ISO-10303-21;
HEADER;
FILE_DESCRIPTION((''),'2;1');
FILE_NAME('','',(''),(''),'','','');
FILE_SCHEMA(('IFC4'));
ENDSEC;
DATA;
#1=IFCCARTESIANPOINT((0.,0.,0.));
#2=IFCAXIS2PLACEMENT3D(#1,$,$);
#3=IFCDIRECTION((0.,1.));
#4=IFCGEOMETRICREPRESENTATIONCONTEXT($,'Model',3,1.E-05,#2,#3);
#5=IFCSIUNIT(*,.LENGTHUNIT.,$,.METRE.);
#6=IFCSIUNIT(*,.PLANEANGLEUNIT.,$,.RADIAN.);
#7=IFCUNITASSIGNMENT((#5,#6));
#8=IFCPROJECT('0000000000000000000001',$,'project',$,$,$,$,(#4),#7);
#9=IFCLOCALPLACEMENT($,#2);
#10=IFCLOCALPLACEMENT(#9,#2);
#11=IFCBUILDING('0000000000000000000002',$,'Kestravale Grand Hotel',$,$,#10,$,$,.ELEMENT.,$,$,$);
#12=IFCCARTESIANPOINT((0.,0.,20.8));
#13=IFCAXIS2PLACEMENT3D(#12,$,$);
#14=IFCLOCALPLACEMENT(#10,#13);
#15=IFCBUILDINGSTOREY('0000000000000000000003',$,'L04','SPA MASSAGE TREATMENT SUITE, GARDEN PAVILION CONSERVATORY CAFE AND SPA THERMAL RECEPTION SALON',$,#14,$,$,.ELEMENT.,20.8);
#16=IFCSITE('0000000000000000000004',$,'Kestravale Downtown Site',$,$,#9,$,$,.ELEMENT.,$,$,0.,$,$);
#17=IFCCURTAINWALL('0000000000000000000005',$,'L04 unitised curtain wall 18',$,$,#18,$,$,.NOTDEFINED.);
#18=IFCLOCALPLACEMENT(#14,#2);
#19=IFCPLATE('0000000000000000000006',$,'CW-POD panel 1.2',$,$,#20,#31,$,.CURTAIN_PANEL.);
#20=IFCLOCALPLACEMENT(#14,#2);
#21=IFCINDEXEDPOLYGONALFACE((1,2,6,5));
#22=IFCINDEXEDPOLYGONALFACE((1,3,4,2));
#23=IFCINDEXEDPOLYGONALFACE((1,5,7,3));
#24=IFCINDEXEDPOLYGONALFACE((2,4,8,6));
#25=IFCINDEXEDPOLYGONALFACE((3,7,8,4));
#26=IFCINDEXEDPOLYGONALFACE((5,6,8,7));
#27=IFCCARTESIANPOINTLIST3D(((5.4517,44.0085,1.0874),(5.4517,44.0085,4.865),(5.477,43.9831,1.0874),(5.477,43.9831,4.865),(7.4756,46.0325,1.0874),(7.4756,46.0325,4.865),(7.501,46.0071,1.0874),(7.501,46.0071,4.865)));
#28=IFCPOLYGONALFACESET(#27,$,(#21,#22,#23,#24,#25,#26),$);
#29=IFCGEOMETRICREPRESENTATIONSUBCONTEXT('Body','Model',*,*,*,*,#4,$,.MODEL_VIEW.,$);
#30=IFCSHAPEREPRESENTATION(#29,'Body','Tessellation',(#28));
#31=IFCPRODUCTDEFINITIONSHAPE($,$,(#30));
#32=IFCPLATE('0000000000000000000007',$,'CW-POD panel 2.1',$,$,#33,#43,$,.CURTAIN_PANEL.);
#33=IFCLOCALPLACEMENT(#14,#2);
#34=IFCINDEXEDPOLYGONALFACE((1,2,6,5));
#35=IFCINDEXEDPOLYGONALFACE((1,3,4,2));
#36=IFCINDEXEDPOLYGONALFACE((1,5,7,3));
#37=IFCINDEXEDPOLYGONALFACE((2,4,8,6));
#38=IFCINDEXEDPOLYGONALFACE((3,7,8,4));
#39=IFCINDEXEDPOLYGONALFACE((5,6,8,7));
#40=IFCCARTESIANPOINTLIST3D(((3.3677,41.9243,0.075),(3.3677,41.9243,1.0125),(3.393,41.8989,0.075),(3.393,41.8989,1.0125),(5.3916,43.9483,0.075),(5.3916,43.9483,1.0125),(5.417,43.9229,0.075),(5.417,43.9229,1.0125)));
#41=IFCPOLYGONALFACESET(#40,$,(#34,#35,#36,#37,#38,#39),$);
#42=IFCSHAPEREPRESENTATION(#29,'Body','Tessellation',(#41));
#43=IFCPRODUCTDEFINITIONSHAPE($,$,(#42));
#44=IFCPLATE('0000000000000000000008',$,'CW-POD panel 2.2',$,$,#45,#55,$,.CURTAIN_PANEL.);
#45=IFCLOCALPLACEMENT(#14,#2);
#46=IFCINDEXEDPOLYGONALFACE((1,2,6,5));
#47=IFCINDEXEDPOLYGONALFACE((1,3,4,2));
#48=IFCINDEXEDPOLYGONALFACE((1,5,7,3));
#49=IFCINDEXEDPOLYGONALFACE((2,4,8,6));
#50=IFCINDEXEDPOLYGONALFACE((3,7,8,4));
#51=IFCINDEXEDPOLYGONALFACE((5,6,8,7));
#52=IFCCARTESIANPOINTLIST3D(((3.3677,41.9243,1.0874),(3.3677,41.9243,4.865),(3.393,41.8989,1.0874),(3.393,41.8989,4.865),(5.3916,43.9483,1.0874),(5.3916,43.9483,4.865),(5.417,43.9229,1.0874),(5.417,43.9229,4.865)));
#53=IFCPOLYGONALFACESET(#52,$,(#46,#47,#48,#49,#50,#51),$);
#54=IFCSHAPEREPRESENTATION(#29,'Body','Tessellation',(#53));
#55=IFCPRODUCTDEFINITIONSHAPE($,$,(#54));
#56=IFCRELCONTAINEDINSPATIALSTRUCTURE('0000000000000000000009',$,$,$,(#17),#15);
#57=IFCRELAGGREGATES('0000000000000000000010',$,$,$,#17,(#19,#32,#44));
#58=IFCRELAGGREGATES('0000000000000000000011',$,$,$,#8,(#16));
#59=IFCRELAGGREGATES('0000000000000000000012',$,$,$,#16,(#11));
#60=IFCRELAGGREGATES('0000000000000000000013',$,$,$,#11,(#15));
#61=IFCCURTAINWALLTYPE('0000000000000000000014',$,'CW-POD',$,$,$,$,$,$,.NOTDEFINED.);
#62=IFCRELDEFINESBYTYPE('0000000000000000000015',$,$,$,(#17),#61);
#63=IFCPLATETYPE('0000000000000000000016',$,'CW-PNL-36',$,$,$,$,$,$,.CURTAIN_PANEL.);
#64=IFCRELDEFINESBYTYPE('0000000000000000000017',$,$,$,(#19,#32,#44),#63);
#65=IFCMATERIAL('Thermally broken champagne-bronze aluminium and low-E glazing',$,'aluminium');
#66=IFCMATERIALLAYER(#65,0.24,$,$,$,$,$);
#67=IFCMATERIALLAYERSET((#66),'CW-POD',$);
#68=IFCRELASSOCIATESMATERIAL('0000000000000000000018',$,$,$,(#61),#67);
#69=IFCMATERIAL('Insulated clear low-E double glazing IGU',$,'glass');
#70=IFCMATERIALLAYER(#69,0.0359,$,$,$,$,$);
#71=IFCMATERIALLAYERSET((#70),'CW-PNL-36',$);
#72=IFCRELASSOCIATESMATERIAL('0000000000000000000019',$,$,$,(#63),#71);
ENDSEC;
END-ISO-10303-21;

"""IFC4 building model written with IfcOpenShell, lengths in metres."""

from ifc_helpers import new_model, si_unit, direction, frame, origin, origin_2d, place, context, subcontext, project, spatial, rectangle, extrude, material, layer, layer_set, type_object, element, aggregate, save


model = new_model("IFC4")

# Units and contexts
model_context = context("Model", 3, precision=1e-05, world=origin(), true_north=direction((0.0, 1.0)))
body_context = subcontext(model_context, "Body", "Model", "MODEL_VIEW")
ifc_project = project(units=[si_unit("LENGTHUNIT", "METRE"), si_unit("PLANEANGLEUNIT", "RADIAN")], contexts=[model_context])

# Site, building, storey
site_placement = place(None, origin())
site = spatial("IfcSite", under=ifc_project, at=site_placement, Name="Kestravale Downtown Site", CompositionType="ELEMENT", RefElevation=0.0)
building_placement = place(site_placement, origin())
building = spatial("IfcBuilding", under=site, at=building_placement, Name="Kestravale Grand Hotel", CompositionType="ELEMENT")
storey_placement = place(building_placement, frame((0.0, 0.0, 20.8)))
storey = spatial("IfcBuildingStorey", under=building, at=storey_placement, Name="L04", Description="SPA MASSAGE TREATMENT SUITE, GARDEN PAVILION CONSERVATORY CAFE AND SPA THERMAL RECEPTION SALON", CompositionType="ELEMENT", Elevation=20.8)

# Curtain wall, plates
ifc_material_1 = material(Name="Thermally broken champagne-bronze aluminium and low-E glazing", Category="aluminium")
ifc_layer_1 = layer(ifc_material_1, 0.24)
ifc_layer_set_1 = layer_set([ifc_layer_1], Name="CW-POD")
curtain_wall_type = type_object("IfcCurtainWallType", Name="CW-POD", PredefinedType="NOTDEFINED", material=ifc_layer_set_1)
curtain_wall_placement = place(storey_placement, origin())
curtain_wall = element("IfcCurtainWall", 1, at=curtain_wall_placement, inside=storey, type_object=curtain_wall_type, Name="L04 unitised curtain wall 18", PredefinedType="NOTDEFINED")
ifc_material_2 = material(Name="Insulated clear low-E double glazing IGU", Category="glass")
ifc_layer_2 = layer(ifc_material_2, 0.0359)
ifc_layer_set_2 = layer_set([ifc_layer_2], Name="CW-PNL-36")
plate_type = type_object("IfcPlateType", Name="CW-PNL-36", PredefinedType="CURTAIN_PANEL", material=ifc_layer_set_2)
plate_1_placement = place(storey_placement, frame((6.4763, 45.0078, 1.0874), z_axis=(0.0, 0.0, 1.0), x_axis=(-0.707107, -0.707107, 0.0)))
plate_1 = element("IfcPlate", 2, at=plate_1_placement, type_object=plate_type, Name="CW-POD panel 1.2", PredefinedType="CURTAIN_PANEL", context=body_context, shape_type="SweptSolid", body=[
    extrude(rectangle(XDim=2.8623, YDim=0.0359, at=origin_2d()), origin(), (0.0, 0.0, 1.0), 3.7776),
])
plate_2_placement = place(storey_placement, frame((4.3923, 42.9236, 0.075), z_axis=(0.0, 0.0, 1.0), x_axis=(-0.707107, -0.707107, 0.0)))
plate_2 = element("IfcPlate", 3, at=plate_2_placement, type_object=plate_type, Name="CW-POD panel 2.1", PredefinedType="CURTAIN_PANEL", context=body_context, shape_type="SweptSolid", body=[
    extrude(rectangle(XDim=2.8623, YDim=0.0359, at=origin_2d()), origin(), (0.0, 0.0, 1.0), 0.9375),
])
plate_3_placement = place(storey_placement, frame((4.3923, 42.9236, 1.0874), z_axis=(0.0, 0.0, 1.0), x_axis=(-0.707107, -0.707107, 0.0)))
plate_3 = element("IfcPlate", 4, at=plate_3_placement, type_object=plate_type, Name="CW-POD panel 2.2", PredefinedType="CURTAIN_PANEL", context=body_context, shape_type="SweptSolid", body=[
    extrude(rectangle(XDim=2.8623, YDim=0.0359, at=origin_2d()), origin(), (0.0, 0.0, 1.0), 3.7776),
])
aggregate(curtain_wall, [plate_1, plate_2, plate_3])

save(model, "model.ifc")
